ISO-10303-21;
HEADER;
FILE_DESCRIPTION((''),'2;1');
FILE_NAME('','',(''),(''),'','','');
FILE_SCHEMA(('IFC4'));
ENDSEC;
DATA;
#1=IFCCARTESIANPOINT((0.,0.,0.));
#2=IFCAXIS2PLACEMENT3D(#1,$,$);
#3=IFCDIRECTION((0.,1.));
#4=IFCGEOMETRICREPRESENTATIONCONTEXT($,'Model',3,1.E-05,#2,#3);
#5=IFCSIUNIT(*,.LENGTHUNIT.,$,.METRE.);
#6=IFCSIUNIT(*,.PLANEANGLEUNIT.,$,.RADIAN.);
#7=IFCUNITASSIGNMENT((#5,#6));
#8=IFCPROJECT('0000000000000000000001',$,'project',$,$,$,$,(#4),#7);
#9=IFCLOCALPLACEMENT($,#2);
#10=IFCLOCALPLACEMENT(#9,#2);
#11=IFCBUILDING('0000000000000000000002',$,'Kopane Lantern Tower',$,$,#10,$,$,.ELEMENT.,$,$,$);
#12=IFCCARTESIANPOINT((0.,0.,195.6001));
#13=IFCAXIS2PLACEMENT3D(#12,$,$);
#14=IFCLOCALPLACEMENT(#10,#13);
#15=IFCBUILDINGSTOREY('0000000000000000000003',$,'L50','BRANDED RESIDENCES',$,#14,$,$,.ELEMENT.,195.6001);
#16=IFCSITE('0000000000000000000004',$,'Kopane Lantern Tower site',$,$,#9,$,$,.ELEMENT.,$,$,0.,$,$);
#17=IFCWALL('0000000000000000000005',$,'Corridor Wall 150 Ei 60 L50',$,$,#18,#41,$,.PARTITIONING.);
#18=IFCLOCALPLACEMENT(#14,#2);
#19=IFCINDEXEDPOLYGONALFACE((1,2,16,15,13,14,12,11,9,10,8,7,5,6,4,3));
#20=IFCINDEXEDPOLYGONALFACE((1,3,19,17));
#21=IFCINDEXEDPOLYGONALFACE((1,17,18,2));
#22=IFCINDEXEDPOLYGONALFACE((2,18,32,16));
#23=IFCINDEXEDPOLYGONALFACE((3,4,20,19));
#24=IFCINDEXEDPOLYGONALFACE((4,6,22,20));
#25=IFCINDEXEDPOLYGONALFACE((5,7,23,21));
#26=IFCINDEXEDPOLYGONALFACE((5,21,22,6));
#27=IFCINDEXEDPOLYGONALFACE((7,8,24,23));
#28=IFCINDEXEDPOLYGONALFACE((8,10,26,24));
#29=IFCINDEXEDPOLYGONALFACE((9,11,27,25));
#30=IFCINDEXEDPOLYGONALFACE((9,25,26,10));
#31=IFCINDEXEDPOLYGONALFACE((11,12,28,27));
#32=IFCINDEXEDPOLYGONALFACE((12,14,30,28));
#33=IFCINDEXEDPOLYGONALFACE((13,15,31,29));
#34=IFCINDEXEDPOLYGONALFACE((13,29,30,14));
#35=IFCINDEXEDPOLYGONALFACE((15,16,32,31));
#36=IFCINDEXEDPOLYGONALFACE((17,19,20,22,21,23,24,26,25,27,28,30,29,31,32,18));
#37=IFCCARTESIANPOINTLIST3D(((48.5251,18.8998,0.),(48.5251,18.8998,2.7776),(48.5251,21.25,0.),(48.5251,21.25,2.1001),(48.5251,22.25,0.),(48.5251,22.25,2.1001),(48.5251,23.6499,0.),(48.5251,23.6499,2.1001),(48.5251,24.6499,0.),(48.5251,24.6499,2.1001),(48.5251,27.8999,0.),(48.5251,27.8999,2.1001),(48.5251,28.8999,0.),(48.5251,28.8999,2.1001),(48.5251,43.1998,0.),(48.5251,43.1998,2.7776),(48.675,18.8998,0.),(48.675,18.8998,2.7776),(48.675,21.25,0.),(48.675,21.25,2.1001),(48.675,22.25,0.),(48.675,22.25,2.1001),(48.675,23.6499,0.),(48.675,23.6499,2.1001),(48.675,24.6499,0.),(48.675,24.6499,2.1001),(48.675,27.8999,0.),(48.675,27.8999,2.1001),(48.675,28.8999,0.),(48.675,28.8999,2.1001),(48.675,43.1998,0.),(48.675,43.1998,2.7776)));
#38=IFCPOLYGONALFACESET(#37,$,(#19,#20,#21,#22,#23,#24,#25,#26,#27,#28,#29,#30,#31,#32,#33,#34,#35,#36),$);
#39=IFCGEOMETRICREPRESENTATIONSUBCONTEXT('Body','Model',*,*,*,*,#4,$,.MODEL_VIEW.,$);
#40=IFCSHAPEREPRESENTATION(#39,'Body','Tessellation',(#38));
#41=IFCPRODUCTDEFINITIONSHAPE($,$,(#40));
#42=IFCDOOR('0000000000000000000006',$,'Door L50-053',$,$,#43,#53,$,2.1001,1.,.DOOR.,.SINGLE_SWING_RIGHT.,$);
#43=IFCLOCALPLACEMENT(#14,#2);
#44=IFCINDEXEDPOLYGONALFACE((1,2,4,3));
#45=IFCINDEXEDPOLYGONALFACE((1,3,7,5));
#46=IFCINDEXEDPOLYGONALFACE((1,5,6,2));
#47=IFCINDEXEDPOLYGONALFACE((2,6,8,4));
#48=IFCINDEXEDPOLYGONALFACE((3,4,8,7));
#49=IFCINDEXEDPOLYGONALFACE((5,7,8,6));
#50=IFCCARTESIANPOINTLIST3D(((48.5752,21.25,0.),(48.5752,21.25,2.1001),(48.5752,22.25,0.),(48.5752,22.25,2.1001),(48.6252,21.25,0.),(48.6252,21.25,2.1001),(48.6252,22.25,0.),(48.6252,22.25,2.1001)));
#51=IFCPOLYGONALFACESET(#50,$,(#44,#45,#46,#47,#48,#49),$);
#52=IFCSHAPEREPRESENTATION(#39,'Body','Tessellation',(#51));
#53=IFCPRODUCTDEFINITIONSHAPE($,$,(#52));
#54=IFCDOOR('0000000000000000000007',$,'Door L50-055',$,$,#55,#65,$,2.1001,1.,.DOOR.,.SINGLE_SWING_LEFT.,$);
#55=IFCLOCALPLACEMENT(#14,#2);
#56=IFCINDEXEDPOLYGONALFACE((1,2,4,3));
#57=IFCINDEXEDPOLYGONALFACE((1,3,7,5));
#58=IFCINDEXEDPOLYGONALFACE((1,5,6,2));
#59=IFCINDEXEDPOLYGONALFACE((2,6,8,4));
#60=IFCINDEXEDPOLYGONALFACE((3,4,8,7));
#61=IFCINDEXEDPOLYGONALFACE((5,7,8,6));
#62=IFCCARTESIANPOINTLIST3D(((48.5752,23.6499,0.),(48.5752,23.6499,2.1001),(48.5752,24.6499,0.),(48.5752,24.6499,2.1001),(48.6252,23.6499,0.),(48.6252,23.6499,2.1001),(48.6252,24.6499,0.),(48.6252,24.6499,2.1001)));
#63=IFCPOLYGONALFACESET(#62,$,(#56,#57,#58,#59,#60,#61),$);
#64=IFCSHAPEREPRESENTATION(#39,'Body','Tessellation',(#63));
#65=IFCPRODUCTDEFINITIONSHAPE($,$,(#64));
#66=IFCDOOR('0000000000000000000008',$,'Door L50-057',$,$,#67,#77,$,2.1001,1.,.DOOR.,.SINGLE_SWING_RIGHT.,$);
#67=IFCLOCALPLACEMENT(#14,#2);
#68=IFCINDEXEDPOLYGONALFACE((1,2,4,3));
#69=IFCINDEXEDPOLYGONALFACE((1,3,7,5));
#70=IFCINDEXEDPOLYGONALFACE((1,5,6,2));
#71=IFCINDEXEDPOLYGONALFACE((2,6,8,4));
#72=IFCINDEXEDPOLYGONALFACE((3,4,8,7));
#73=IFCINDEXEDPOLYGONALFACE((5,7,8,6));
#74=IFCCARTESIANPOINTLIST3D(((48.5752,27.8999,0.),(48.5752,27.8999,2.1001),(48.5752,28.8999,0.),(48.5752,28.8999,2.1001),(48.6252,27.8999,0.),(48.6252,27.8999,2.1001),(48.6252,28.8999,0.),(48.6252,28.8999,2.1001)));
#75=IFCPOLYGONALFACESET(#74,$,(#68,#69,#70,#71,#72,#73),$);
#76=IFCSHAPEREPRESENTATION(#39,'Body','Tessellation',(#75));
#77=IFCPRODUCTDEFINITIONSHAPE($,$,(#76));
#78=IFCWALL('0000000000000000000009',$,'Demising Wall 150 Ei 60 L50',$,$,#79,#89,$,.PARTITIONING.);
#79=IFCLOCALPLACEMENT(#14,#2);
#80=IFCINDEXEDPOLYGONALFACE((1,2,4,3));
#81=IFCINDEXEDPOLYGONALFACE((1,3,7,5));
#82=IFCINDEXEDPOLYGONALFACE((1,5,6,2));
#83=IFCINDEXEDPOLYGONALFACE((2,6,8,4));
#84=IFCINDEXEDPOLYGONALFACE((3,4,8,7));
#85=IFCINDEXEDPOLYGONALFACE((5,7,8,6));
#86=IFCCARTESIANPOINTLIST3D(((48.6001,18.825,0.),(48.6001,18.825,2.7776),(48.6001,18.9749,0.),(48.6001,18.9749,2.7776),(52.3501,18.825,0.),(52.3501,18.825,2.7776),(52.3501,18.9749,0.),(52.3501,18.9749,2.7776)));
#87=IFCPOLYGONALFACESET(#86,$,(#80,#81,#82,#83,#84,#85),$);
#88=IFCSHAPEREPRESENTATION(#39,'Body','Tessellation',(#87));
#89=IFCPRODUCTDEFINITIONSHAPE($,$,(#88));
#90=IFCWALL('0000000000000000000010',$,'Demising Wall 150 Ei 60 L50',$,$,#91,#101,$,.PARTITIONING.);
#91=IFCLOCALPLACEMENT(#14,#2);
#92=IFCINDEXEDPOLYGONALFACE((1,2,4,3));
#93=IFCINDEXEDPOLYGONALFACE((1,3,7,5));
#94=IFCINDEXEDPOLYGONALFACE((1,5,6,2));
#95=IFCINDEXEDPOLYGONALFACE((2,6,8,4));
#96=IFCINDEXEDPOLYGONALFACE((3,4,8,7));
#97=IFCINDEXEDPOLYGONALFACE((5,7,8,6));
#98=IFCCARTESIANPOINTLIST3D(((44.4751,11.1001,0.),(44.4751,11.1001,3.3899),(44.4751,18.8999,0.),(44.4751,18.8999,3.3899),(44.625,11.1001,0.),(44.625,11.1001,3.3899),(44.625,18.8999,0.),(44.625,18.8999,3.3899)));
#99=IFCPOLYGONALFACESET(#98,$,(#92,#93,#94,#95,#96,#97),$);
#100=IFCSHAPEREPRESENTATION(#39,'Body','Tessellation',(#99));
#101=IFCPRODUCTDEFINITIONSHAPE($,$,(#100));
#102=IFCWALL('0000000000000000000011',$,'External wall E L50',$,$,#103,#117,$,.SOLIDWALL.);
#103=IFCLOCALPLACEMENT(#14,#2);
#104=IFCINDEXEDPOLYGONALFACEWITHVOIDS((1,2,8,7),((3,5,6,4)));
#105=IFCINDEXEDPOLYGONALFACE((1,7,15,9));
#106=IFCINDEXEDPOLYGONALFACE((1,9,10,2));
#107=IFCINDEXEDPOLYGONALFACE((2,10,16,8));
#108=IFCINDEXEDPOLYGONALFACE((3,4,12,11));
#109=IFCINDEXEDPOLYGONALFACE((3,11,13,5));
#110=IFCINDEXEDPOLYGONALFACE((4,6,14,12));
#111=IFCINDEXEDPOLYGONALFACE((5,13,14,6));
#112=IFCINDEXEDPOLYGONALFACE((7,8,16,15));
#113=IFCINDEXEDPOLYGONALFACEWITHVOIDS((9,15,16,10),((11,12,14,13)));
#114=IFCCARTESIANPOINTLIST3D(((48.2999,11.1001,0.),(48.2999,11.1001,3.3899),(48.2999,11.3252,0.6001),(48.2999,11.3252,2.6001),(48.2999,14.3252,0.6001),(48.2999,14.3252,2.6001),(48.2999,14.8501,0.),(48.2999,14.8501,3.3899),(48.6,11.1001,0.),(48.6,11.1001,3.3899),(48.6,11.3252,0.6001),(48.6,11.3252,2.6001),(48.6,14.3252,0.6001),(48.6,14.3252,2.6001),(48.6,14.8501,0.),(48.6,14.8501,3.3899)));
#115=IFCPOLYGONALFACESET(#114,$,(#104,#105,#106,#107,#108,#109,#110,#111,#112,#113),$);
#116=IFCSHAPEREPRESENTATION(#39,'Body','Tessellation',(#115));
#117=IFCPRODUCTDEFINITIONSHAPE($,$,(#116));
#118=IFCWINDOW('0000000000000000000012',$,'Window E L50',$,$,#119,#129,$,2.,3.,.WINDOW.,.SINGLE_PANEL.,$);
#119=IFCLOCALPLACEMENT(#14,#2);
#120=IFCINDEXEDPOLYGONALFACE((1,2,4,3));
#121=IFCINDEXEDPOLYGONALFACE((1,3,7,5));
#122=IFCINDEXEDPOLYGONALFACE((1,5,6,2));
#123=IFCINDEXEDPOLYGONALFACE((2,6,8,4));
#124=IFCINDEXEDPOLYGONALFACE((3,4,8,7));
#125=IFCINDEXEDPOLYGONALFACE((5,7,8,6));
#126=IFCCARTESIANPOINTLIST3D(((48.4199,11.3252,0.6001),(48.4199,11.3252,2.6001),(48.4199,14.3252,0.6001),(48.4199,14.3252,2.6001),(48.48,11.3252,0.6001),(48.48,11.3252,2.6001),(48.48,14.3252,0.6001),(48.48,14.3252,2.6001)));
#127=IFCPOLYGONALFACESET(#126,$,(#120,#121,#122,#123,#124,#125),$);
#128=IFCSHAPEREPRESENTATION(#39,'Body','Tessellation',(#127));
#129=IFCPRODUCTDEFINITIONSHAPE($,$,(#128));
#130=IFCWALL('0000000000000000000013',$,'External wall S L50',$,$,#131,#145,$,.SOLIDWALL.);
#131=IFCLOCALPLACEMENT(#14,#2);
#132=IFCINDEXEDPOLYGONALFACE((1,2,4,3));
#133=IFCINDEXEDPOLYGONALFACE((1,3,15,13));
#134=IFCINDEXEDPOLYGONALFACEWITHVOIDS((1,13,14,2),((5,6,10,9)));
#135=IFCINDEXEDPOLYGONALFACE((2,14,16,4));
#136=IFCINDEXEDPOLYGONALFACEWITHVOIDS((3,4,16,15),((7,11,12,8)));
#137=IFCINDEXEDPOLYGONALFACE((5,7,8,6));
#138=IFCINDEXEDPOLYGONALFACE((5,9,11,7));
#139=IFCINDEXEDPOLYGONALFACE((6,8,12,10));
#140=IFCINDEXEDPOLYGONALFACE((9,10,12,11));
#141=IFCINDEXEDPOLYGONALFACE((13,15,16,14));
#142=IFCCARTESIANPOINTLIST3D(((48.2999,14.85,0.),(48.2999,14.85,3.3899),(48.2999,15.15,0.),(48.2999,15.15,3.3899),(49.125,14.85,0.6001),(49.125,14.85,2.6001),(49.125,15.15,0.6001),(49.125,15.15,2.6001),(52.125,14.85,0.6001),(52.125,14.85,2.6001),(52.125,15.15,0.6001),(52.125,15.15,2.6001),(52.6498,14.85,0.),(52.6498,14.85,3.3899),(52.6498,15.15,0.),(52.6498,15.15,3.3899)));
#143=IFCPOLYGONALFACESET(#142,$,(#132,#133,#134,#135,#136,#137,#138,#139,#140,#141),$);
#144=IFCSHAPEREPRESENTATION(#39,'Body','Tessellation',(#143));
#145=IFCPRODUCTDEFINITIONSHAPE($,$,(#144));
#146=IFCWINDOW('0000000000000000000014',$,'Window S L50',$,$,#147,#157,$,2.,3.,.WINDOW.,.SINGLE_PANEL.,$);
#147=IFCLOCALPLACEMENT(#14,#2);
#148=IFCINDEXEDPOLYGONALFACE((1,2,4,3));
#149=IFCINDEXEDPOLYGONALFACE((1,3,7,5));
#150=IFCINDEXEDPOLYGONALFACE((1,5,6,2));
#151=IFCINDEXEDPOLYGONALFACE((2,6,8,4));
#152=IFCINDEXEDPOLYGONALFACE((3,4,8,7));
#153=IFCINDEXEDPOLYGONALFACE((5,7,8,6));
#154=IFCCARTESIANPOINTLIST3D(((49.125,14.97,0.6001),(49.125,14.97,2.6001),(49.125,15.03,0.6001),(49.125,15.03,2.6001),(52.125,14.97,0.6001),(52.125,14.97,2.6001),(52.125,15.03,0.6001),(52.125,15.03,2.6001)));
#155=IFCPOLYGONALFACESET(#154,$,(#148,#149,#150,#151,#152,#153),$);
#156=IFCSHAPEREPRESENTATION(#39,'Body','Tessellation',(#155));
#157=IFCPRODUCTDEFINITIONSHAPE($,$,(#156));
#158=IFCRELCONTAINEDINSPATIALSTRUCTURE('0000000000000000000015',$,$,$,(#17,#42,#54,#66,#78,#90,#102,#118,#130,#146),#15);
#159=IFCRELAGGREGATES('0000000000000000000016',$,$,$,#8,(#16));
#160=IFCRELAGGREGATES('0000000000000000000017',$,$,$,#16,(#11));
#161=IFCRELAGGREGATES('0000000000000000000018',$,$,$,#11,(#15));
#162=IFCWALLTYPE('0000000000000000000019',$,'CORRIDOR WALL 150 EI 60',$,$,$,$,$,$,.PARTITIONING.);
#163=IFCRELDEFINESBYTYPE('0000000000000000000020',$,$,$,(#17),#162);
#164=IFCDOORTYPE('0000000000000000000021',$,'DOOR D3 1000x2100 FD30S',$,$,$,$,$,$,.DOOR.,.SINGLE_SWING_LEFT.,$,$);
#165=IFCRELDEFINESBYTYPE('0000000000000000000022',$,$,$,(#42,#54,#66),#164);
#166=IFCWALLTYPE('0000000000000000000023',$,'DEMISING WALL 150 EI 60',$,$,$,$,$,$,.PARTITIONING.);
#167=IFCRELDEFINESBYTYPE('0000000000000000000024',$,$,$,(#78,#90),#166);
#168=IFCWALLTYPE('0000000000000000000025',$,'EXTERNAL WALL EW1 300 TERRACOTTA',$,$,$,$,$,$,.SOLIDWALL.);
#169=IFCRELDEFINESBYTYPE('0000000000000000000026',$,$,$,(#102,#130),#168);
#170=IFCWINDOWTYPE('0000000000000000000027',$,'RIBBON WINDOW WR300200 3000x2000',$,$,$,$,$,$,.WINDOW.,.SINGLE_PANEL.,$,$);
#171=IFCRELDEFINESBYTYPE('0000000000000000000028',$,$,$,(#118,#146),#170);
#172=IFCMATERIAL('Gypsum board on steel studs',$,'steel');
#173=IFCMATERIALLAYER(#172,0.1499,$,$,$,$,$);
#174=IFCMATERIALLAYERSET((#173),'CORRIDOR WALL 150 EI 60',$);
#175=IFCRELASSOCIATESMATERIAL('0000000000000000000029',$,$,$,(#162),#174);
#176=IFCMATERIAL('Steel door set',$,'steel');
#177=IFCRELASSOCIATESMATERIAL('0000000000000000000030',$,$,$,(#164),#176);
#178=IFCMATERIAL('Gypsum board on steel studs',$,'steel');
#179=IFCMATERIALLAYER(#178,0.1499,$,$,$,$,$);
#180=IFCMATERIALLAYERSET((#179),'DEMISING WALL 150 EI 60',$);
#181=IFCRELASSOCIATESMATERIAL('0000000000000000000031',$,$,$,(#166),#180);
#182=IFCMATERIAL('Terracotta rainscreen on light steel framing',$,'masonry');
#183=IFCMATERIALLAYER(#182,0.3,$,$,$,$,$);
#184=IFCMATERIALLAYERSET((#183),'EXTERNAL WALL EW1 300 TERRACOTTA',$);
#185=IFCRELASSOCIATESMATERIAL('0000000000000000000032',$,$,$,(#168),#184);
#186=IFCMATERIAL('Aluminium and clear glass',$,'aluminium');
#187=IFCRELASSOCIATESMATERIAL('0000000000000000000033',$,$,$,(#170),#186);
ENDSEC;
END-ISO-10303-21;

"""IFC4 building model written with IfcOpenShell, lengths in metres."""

from ifc_helpers import new_model, si_unit, direction, frame, frame_2d, origin, place, context, subcontext, project, spatial, rectangle, extrude, material, layer, layer_set, type_object, element, fill, save


model = new_model("IFC4")

# Units and contexts
model_context = context("Model", 3, precision=1e-05, world=origin(), true_north=direction((0.0, 1.0)))
body_context = subcontext(model_context, "Body", "Model", "MODEL_VIEW")
ifc_project = project(units=[si_unit("LENGTHUNIT", "METRE"), si_unit("PLANEANGLEUNIT", "RADIAN")], contexts=[model_context])

# Site, building, storey
site_placement = place(None, origin())
site = spatial("IfcSite", under=ifc_project, at=site_placement, Name="Kopane Lantern Tower site", CompositionType="ELEMENT", RefElevation=0.0)
building_placement = place(site_placement, origin())
building = spatial("IfcBuilding", under=site, at=building_placement, Name="Kopane Lantern Tower", CompositionType="ELEMENT")
storey_placement = place(building_placement, frame((0.0, 0.0, 195.6001)))
storey = spatial("IfcBuildingStorey", under=building, at=storey_placement, Name="L50", Description="BRANDED RESIDENCES", CompositionType="ELEMENT", Elevation=195.6001)

# Wall, openings, doors
ifc_material_1 = material(Name="Gypsum board on steel studs", Category="steel")
ifc_layer_1 = layer(ifc_material_1, 0.1499)
ifc_layer_set_1 = layer_set([ifc_layer_1], Name="CORRIDOR WALL 150 EI 60")
wall_type_1 = type_object("IfcWallType", Name="CORRIDOR WALL 150 EI 60", PredefinedType="PARTITIONING", material=ifc_layer_set_1)
wall_1_placement = place(storey_placement, frame((48.6001, 18.8999, 0.0), z_axis=(0.0, 0.0, 1.0), x_axis=(0.0, 1.0, 0.0)))
wall_1 = element("IfcWall", 1, at=wall_1_placement, inside=storey, type_object=wall_type_1, Name="Corridor Wall 150 Ei 60 L50", PredefinedType="PARTITIONING", context=body_context, shape_type="SweptSolid", body=[
    extrude(rectangle(XDim=24.3, YDim=0.1499, at=frame_2d((12.1499, 0.0))), origin(), (0.0, 0.0, 1.0), 2.7776),
])
opening_1_placement = place(wall_1_placement, frame((2.3501, 0.0, 0.0)))
opening_1 = element("IfcOpeningElement", 2, at=opening_1_placement, cuts=wall_1, PredefinedType="OPENING", context=body_context, shape_type="SweptSolid", body=[
    extrude(rectangle(XDim=1.0, YDim=2.1001, at=frame_2d((0.5, 1.05))), frame((0.0, 0.085, 0.0), z_axis=(0.0, -1.0, 0.0), x_axis=(1.0, 0.0, 0.0)), (0.0, 0.0, 1.0), 0.1699),
])
opening_2_placement = place(wall_1_placement, frame((4.75, 0.0, 0.0)))
opening_2 = element("IfcOpeningElement", 3, at=opening_2_placement, cuts=wall_1, PredefinedType="OPENING", context=body_context, shape_type="SweptSolid", body=[
    extrude(rectangle(XDim=1.0, YDim=2.1001, at=frame_2d((0.5, 1.05))), frame((0.0, 0.085, 0.0), z_axis=(0.0, -1.0, 0.0), x_axis=(1.0, 0.0, 0.0)), (0.0, 0.0, 1.0), 0.1699),
])
opening_3_placement = place(wall_1_placement, frame((9.0, 0.0, 0.0)))
opening_3 = element("IfcOpeningElement", 4, at=opening_3_placement, cuts=wall_1, PredefinedType="OPENING", context=body_context, shape_type="SweptSolid", body=[
    extrude(rectangle(XDim=1.0, YDim=2.1001, at=frame_2d((0.5, 1.05))), frame((0.0, 0.085, 0.0), z_axis=(0.0, -1.0, 0.0), x_axis=(1.0, 0.0, 0.0)), (0.0, 0.0, 1.0), 0.1699),
])
ifc_material_2 = material(Name="Steel door set", Category="steel")
door_type_1 = type_object("IfcDoorType", Name="DOOR D3 1000x2100 FD30S", OperationType="SINGLE_SWING_LEFT", PredefinedType="DOOR", material=ifc_material_2)
door_1_placement = place(opening_1_placement, origin())
door_1 = element("IfcDoor", 5, at=door_1_placement, inside=storey, type_object=door_type_1, Name="Door L50-053", OperationType="SINGLE_SWING_RIGHT", OverallHeight=2.1001, OverallWidth=1.0, PredefinedType="DOOR", context=body_context, shape_type="SweptSolid", body=[
    extrude(rectangle(XDim=1.0, YDim=2.1001, at=frame_2d((0.5, 1.05))), frame((0.0, 0.0249, 0.0), z_axis=(0.0, -1.0, 0.0), x_axis=(1.0, 0.0, 0.0)), (0.0, 0.0, 1.0), 0.05),
])
fill(opening_1, door_1)
door_2_placement = place(opening_2_placement, origin())
door_2 = element("IfcDoor", 6, at=door_2_placement, inside=storey, type_object=door_type_1, Name="Door L50-055", OperationType="SINGLE_SWING_LEFT", OverallHeight=2.1001, OverallWidth=1.0, PredefinedType="DOOR", context=body_context, shape_type="SweptSolid", body=[
    extrude(rectangle(XDim=1.0, YDim=2.1001, at=frame_2d((0.5, 1.05))), frame((0.0, 0.0249, 0.0), z_axis=(0.0, -1.0, 0.0), x_axis=(1.0, 0.0, 0.0)), (0.0, 0.0, 1.0), 0.05),
])
fill(opening_2, door_2)
door_3_placement = place(opening_3_placement, origin())
door_3 = element("IfcDoor", 7, at=door_3_placement, inside=storey, type_object=door_type_1, Name="Door L50-057", OperationType="SINGLE_SWING_RIGHT", OverallHeight=2.1001, OverallWidth=1.0, PredefinedType="DOOR", context=body_context, shape_type="SweptSolid", body=[
    extrude(rectangle(XDim=1.0, YDim=2.1001, at=frame_2d((0.5, 1.05))), frame((0.0, 0.0249, 0.0), z_axis=(0.0, -1.0, 0.0), x_axis=(1.0, 0.0, 0.0)), (0.0, 0.0, 1.0), 0.05),
])
fill(opening_3, door_3)

# Walls
ifc_material_3 = material(Name="Gypsum board on steel studs", Category="steel")
ifc_layer_2 = layer(ifc_material_3, 0.1499)
ifc_layer_set_2 = layer_set([ifc_layer_2], Name="DEMISING WALL 150 EI 60")
wall_type_2 = type_object("IfcWallType", Name="DEMISING WALL 150 EI 60", PredefinedType="PARTITIONING", material=ifc_layer_set_2)
wall_2_placement = place(storey_placement, frame((48.6001, 18.8999, 0.0), z_axis=(0.0, 0.0, 1.0), x_axis=(1.0, 0.0, 0.0)))
element("IfcWall", 8, at=wall_2_placement, inside=storey, type_object=wall_type_2, Name="Demising Wall 150 Ei 60 L50", PredefinedType="PARTITIONING", context=body_context, shape_type="SweptSolid", body=[
    extrude(rectangle(XDim=3.75, YDim=0.1499, at=frame_2d((1.875, 0.0))), origin(), (0.0, 0.0, 1.0), 2.7776),
])
wall_3_placement = place(storey_placement, frame((44.55, 18.8999, 0.0), z_axis=(0.0, 0.0, 1.0), x_axis=(0.0, -1.0, 0.0)))
element("IfcWall", 9, at=wall_3_placement, inside=storey, type_object=wall_type_2, Name="Demising Wall 150 Ei 60 L50", PredefinedType="PARTITIONING", context=body_context, shape_type="SweptSolid", body=[
    extrude(rectangle(XDim=7.7998, YDim=0.1499, at=frame_2d((3.8999, 0.0))), origin(), (0.0, 0.0, 1.0), 3.3899),
])

# Walls, openings, windows
ifc_material_4 = material(Name="Terracotta rainscreen on light steel framing", Category="masonry")
ifc_layer_3 = layer(ifc_material_4, 0.3)
ifc_layer_set_3 = layer_set([ifc_layer_3], Name="EXTERNAL WALL EW1 300 TERRACOTTA")
wall_type_3 = type_object("IfcWallType", Name="EXTERNAL WALL EW1 300 TERRACOTTA", PredefinedType="SOLIDWALL", material=ifc_layer_set_3)
wall_4_placement = place(storey_placement, frame((48.45, 11.1001, 0.0), z_axis=(0.0, 0.0, 1.0), x_axis=(0.0, 1.0, 0.0)))
wall_4 = element("IfcWall", 10, at=wall_4_placement, inside=storey, type_object=wall_type_3, Name="External wall E L50", PredefinedType="SOLIDWALL", context=body_context, shape_type="SweptSolid", body=[
    extrude(rectangle(XDim=3.75, YDim=0.3, at=frame_2d((1.875, 0.0))), origin(), (0.0, 0.0, 1.0), 3.3899),
])
opening_4_placement = place(wall_4_placement, frame((0.2251, 0.0, 0.6001)))
opening_4 = element("IfcOpeningElement", 11, at=opening_4_placement, cuts=wall_4, PredefinedType="OPENING", context=body_context, shape_type="SweptSolid", body=[
    extrude(rectangle(XDim=3.0, YDim=2.0, at=frame_2d((1.5, 1.0))), frame((0.0, 0.1599, 0.0), z_axis=(0.0, -1.0, 0.0), x_axis=(1.0, 0.0, 0.0)), (0.0, 0.0, 1.0), 0.3201),
])
ifc_material_5 = material(Name="Aluminium and clear glass", Category="aluminium")
window_type = type_object("IfcWindowType", Name="RIBBON WINDOW WR300200 3000x2000", PartitioningType="SINGLE_PANEL", PredefinedType="WINDOW", material=ifc_material_5)
window_1_placement = place(opening_4_placement, origin())
window_1 = element("IfcWindow", 12, at=window_1_placement, inside=storey, type_object=window_type, Name="Window E L50", OverallHeight=2.0, OverallWidth=3.0, PartitioningType="SINGLE_PANEL", PredefinedType="WINDOW", context=body_context, shape_type="SweptSolid", body=[
    extrude(rectangle(XDim=3.0, YDim=2.0, at=frame_2d((1.5, 1.0))), frame((0.0, 0.03, 0.0), z_axis=(0.0, -1.0, 0.0), x_axis=(1.0, 0.0, 0.0)), (0.0, 0.0, 1.0), 0.0601),
])
fill(opening_4, window_1)
wall_5_placement = place(storey_placement, frame((48.3, 15.0, 0.0), z_axis=(0.0, 0.0, 1.0), x_axis=(1.0, 0.0, 0.0)))
wall_5 = element("IfcWall", 13, at=wall_5_placement, inside=storey, type_object=wall_type_3, Name="External wall S L50", PredefinedType="SOLIDWALL", context=body_context, shape_type="SweptSolid", body=[
    extrude(rectangle(XDim=4.3499, YDim=0.3, at=frame_2d((2.1748, 0.0))), origin(), (0.0, 0.0, 1.0), 3.3899),
])
opening_5_placement = place(wall_5_placement, frame((0.825, 0.0, 0.6001)))
opening_5 = element("IfcOpeningElement", 14, at=opening_5_placement, cuts=wall_5, PredefinedType="OPENING", context=body_context, shape_type="SweptSolid", body=[
    extrude(rectangle(XDim=3.0, YDim=2.0, at=frame_2d((1.5, 1.0))), frame((0.0, 0.1599, 0.0), z_axis=(0.0, -1.0, 0.0), x_axis=(1.0, 0.0, 0.0)), (0.0, 0.0, 1.0), 0.3201),
])
window_2_placement = place(opening_5_placement, origin())
window_2 = element("IfcWindow", 15, at=window_2_placement, inside=storey, type_object=window_type, Name="Window S L50", OverallHeight=2.0, OverallWidth=3.0, PartitioningType="SINGLE_PANEL", PredefinedType="WINDOW", context=body_context, shape_type="SweptSolid", body=[
    extrude(rectangle(XDim=3.0, YDim=2.0, at=frame_2d((1.5, 1.0))), frame((0.0, 0.03, 0.0), z_axis=(0.0, -1.0, 0.0), x_axis=(1.0, 0.0, 0.0)), (0.0, 0.0, 1.0), 0.0601),
])
fill(opening_5, window_2)

save(model, "model.ifc")
